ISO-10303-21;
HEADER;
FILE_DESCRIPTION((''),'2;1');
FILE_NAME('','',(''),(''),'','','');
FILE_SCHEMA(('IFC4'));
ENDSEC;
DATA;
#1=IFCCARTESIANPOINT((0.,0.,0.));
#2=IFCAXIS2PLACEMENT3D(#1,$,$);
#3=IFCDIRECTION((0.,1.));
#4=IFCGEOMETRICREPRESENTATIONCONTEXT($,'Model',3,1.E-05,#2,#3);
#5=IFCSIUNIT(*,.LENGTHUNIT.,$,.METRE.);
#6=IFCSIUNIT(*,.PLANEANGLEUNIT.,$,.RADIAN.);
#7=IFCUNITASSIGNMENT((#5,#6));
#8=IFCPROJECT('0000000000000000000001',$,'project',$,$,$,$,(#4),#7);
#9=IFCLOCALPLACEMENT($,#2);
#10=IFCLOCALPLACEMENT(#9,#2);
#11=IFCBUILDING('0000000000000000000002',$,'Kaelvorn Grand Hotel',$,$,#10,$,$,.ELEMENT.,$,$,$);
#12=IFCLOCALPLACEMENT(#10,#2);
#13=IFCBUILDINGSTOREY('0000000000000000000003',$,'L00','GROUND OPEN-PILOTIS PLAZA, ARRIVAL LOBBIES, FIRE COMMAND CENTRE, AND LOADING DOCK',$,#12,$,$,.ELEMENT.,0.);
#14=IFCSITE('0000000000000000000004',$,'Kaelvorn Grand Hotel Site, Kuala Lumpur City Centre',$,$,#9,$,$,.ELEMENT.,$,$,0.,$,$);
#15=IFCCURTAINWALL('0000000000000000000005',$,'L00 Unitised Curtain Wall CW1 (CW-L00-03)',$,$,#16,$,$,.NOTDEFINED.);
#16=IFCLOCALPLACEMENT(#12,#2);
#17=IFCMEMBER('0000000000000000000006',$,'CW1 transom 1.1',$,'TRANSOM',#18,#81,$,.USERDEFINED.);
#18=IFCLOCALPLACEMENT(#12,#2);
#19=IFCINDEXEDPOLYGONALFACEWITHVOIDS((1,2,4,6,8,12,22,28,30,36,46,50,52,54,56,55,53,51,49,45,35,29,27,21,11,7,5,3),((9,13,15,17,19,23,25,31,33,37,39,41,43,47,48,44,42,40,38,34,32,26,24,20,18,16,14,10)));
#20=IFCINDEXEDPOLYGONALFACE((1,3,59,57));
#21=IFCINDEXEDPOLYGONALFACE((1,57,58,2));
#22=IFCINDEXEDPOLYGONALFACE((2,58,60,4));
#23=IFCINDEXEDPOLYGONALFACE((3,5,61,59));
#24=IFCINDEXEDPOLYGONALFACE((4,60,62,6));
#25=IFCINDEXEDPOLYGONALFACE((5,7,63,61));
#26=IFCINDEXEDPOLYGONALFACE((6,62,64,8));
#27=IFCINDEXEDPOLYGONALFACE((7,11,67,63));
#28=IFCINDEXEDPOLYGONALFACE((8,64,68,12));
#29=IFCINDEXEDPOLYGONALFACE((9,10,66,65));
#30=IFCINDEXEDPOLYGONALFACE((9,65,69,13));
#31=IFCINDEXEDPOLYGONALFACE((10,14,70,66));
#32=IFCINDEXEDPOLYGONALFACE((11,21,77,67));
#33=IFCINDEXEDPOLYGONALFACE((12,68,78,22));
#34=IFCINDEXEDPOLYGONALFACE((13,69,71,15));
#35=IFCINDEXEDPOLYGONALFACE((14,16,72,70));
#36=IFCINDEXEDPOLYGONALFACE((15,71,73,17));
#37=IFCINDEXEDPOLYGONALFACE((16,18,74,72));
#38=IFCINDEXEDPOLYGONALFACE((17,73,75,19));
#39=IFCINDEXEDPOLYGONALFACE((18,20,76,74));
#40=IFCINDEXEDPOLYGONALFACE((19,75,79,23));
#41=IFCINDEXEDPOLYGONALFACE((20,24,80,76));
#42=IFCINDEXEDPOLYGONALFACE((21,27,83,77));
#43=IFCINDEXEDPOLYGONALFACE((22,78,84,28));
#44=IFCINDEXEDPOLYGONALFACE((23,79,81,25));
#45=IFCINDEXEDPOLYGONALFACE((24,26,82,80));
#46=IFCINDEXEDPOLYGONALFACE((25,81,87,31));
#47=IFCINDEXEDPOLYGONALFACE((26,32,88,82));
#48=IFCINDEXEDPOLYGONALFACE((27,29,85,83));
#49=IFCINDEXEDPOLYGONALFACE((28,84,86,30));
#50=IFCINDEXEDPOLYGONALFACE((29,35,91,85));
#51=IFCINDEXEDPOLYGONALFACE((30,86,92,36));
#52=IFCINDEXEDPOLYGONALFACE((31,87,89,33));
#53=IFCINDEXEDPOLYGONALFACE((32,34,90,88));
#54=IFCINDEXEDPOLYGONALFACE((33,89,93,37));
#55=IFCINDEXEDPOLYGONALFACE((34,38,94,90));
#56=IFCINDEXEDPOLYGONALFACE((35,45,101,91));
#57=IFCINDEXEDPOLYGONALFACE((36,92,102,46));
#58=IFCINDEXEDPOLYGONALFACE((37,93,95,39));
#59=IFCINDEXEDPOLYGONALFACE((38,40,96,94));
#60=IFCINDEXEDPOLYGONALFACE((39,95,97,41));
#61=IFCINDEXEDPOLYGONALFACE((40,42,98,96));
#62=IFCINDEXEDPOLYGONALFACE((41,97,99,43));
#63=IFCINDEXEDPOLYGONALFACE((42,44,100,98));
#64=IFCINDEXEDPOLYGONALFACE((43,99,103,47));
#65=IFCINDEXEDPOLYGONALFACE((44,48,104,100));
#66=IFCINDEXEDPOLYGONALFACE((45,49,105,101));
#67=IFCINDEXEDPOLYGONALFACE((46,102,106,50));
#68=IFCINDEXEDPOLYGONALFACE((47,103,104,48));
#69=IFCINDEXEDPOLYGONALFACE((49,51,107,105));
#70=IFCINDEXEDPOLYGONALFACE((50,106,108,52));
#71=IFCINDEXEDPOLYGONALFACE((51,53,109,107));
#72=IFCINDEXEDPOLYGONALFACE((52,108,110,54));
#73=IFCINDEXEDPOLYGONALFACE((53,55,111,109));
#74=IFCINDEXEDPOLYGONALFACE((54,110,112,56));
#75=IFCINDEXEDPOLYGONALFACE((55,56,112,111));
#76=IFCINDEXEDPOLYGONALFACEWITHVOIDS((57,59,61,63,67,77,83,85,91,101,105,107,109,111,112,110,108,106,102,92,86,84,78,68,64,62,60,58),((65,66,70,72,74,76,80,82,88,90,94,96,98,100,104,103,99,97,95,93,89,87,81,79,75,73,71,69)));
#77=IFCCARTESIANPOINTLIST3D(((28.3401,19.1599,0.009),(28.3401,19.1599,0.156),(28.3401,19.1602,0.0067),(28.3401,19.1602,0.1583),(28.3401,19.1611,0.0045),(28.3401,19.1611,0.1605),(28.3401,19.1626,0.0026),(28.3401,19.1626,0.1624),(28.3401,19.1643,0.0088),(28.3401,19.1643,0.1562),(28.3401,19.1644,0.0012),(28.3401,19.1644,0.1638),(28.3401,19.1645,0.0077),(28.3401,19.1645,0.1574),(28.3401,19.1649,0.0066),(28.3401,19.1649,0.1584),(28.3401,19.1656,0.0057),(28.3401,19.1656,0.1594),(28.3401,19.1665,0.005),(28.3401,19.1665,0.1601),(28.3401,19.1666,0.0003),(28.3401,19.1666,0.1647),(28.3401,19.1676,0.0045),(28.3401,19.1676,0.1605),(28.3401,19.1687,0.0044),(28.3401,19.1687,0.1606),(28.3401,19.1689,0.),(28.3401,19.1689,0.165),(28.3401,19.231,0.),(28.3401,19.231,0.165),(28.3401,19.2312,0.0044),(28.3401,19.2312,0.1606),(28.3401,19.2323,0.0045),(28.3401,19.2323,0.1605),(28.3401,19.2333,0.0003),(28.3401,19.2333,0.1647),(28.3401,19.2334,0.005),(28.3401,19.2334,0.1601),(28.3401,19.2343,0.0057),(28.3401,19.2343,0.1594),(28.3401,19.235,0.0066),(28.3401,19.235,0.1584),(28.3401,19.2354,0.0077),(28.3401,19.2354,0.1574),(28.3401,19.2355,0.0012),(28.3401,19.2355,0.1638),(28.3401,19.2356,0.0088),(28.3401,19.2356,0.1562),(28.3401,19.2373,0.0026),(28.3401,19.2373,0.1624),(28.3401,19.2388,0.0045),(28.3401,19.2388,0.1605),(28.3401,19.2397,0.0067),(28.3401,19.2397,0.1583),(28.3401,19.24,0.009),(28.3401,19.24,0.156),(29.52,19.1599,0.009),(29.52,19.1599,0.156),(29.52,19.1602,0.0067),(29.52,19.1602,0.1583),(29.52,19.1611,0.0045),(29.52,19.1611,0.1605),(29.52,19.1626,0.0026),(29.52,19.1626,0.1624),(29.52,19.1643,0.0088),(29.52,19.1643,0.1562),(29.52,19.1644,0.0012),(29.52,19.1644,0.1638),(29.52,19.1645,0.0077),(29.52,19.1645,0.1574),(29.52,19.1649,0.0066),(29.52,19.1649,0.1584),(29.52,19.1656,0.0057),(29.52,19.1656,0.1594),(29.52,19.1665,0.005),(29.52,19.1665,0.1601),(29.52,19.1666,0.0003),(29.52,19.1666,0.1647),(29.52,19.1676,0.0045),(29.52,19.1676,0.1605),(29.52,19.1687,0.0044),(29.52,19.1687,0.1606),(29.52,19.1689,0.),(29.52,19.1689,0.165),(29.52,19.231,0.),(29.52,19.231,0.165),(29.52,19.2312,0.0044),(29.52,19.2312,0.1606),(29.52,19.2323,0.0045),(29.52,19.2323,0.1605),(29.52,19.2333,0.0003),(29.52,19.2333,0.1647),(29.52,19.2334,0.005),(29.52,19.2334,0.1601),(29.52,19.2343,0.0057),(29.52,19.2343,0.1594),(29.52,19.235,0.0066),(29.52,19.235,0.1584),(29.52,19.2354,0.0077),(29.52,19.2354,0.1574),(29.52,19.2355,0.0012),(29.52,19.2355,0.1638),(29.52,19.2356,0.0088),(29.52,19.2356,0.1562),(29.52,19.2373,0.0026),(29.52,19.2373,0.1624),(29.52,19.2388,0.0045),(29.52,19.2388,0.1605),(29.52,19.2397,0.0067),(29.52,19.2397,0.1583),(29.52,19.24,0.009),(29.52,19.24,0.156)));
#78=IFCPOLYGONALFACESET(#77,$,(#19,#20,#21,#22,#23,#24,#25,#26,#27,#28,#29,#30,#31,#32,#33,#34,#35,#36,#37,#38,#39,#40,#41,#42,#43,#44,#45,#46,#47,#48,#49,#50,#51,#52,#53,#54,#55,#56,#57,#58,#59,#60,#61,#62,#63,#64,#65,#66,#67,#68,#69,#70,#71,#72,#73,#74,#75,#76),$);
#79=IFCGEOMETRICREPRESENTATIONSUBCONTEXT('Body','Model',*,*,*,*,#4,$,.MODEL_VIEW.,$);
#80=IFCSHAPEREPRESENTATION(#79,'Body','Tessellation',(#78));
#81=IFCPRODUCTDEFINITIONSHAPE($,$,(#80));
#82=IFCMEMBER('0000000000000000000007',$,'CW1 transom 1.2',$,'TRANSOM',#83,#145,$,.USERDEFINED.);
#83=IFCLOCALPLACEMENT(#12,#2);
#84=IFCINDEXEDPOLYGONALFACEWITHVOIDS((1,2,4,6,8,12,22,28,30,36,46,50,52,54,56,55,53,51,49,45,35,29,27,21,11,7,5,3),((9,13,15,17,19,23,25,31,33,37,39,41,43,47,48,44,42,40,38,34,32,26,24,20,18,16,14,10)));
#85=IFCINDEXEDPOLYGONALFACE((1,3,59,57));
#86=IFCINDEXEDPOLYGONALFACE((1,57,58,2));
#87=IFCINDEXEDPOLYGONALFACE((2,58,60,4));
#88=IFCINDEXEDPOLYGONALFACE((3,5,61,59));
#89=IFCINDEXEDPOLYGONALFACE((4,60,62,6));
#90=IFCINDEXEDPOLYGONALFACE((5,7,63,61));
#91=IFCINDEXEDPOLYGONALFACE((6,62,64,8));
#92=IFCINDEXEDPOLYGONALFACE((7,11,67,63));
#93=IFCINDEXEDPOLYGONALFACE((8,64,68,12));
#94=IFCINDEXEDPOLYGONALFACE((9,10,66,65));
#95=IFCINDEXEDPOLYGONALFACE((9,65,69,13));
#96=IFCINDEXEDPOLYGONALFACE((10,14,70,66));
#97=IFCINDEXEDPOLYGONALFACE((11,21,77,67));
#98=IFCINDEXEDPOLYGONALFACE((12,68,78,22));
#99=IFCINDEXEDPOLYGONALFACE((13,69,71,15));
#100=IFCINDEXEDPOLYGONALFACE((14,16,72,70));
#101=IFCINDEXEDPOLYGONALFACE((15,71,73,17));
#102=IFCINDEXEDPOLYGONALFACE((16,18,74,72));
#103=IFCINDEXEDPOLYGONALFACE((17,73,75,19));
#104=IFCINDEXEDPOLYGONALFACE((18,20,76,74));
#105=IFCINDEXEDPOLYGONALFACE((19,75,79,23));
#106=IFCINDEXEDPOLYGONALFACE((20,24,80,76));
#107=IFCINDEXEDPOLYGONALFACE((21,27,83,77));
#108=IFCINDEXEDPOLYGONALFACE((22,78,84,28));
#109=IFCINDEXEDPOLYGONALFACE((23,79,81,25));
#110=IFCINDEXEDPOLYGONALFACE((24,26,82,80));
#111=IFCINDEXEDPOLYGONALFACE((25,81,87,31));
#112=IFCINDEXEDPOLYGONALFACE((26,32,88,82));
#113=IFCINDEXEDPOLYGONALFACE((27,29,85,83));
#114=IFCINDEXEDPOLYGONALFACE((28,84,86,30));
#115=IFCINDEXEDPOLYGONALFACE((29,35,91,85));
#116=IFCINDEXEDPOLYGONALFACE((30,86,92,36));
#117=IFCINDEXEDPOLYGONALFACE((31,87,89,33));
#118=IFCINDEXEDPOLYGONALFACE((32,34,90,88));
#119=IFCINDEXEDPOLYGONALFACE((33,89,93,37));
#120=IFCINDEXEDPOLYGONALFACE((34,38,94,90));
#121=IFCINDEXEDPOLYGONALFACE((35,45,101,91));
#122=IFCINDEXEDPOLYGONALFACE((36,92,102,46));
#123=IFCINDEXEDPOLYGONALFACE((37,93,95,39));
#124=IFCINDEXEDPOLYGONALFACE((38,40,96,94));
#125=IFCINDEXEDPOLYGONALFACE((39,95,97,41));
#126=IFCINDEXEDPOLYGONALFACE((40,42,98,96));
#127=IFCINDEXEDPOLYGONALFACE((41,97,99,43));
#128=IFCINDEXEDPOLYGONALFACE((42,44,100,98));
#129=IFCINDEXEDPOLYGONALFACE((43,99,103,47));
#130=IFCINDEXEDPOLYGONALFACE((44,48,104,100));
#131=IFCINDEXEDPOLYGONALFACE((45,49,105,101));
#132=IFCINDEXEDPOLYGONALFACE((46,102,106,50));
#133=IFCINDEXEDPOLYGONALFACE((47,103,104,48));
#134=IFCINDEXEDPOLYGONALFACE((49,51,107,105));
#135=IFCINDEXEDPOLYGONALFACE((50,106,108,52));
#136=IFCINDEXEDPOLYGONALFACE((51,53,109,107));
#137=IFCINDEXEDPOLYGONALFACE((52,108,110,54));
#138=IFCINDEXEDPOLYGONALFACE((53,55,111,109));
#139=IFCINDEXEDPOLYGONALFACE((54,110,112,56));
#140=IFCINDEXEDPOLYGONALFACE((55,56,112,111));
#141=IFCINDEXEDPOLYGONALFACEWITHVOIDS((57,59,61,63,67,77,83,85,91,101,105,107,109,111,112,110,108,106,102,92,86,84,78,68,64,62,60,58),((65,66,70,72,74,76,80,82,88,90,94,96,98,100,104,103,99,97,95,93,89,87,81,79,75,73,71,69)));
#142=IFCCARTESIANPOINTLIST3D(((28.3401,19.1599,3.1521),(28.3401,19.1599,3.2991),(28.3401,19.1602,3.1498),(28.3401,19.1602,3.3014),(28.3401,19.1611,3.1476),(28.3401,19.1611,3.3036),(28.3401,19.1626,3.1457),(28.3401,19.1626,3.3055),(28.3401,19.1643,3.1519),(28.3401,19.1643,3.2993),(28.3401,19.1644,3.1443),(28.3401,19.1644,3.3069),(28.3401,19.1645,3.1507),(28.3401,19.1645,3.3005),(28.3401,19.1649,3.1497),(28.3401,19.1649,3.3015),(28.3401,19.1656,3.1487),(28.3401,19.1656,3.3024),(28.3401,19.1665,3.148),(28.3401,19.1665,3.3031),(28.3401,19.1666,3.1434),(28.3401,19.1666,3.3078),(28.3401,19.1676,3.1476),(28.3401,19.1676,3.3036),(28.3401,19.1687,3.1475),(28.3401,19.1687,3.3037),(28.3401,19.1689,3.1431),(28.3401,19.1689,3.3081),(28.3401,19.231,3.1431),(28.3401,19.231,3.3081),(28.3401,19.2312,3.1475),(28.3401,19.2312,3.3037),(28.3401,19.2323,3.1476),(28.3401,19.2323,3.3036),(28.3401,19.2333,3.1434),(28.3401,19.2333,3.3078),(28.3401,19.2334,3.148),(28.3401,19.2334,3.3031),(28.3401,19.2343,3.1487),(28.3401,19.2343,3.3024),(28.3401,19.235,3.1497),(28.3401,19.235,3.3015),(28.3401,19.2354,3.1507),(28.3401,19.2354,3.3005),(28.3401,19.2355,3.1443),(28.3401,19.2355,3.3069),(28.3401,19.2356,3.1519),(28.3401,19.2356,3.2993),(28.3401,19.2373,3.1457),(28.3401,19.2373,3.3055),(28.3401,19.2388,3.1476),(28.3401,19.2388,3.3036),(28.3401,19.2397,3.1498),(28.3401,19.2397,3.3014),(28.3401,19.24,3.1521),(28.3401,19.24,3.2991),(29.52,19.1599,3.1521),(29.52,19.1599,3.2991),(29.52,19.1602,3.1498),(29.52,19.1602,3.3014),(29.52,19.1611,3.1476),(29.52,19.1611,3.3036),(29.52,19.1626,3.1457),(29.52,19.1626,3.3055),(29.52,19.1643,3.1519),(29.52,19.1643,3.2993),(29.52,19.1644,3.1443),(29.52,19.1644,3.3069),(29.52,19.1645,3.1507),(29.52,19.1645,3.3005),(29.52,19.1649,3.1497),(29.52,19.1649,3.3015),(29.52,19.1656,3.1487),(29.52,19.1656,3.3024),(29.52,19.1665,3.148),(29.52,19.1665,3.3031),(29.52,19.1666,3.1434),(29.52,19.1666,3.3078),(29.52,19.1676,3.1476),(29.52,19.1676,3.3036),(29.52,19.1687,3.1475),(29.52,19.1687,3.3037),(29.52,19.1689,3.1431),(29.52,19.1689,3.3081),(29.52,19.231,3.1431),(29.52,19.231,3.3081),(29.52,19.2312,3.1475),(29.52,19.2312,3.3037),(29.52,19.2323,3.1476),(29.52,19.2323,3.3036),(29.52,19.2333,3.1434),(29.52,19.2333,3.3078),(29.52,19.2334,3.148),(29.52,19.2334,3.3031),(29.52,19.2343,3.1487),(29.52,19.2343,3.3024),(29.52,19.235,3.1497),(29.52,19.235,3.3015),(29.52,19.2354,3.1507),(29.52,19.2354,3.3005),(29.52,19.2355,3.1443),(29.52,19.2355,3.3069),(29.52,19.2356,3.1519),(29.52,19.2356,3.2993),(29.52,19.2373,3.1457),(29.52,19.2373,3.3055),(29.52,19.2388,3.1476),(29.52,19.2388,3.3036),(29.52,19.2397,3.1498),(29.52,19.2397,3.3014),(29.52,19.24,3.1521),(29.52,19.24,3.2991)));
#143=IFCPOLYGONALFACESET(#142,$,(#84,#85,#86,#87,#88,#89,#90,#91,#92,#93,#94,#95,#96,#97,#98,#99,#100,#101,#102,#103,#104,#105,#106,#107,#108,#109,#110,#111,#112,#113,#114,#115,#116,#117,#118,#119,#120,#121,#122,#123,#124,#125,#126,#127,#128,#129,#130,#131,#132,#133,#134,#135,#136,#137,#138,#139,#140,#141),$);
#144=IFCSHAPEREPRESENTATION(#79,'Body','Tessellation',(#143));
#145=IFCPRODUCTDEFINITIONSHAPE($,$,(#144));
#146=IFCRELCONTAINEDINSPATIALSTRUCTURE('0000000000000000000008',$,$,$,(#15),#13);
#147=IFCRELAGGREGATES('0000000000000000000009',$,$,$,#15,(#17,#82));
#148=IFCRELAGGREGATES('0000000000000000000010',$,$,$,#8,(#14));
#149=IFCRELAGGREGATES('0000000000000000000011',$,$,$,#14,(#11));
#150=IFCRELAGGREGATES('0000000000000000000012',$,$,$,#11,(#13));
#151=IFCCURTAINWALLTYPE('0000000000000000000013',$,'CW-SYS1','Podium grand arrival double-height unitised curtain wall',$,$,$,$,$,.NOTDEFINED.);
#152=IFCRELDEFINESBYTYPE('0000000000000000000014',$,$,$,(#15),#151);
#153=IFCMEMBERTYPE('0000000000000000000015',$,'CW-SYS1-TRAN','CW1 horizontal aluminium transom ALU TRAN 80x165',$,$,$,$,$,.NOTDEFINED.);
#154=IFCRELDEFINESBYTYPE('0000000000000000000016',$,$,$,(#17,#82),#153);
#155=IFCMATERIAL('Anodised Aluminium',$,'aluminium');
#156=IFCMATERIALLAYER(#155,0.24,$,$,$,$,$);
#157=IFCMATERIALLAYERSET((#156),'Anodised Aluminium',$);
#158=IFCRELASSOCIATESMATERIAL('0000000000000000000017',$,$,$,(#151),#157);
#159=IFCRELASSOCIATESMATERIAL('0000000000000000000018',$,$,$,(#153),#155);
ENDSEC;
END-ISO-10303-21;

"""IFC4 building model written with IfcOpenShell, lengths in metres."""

from ifc_helpers import new_model, si_unit, direction, frame, origin, origin_2d, place, context, subcontext, project, spatial, hollow_rectangle, extrude, material, layer, layer_set, material_profile, profile_set, type_object, element, aggregate, save


model = new_model("IFC4")

# Units and contexts
model_context = context("Model", 3, precision=1e-05, world=origin(), true_north=direction((0.0, 1.0)))
body_context = subcontext(model_context, "Body", "Model", "MODEL_VIEW")
ifc_project = project(units=[si_unit("LENGTHUNIT", "METRE"), si_unit("PLANEANGLEUNIT", "RADIAN")], contexts=[model_context])

# Site, building, storey
site_placement = place(None, origin())
site = spatial("IfcSite", under=ifc_project, at=site_placement, Name="Kaelvorn Grand Hotel Site, Kuala Lumpur City Centre", CompositionType="ELEMENT", RefElevation=0.0)
building_placement = place(site_placement, origin())
building = spatial("IfcBuilding", under=site, at=building_placement, Name="Kaelvorn Grand Hotel", CompositionType="ELEMENT")
storey_placement = place(building_placement, origin())
storey = spatial("IfcBuildingStorey", under=building, at=storey_placement, Name="L00", Description="GROUND OPEN-PILOTIS PLAZA, ARRIVAL LOBBIES, FIRE COMMAND CENTRE, AND LOADING DOCK", CompositionType="ELEMENT", Elevation=0.0)

# Curtain wall, members
ifc_material_1 = material(Name="Anodised Aluminium", Category="aluminium")
ifc_layer_1 = layer(ifc_material_1, 0.24)
ifc_layer_set_1 = layer_set([ifc_layer_1], Name="Anodised Aluminium")
curtain_wall_type = type_object("IfcCurtainWallType", Name="CW-SYS1", Description="Podium grand arrival double-height unitised curtain wall", PredefinedType="NOTDEFINED", material=ifc_layer_set_1)
curtain_wall_placement = place(storey_placement, origin())
curtain_wall = element("IfcCurtainWall", 1, at=curtain_wall_placement, inside=storey, type_object=curtain_wall_type, Name="L00 Unitised Curtain Wall CW1 (CW-L00-03)", PredefinedType="NOTDEFINED")
ifc_material_profile_1 = material_profile(ifc_material_1, hollow_rectangle(XDim=0.0801, YDim=0.165, WallThickness=0.0044, InnerFilletRadius=0.0044, OuterFilletRadius=0.009, at=origin_2d()), Name="ALU TRAN 80x165")
ifc_profile_set_1 = profile_set([ifc_material_profile_1], Name="Anodised Aluminium")
member_type_1 = type_object("IfcMemberType", Name="CW-SYS1-TRAN", Description="CW1 horizontal aluminium transom ALU TRAN 80x165", PredefinedType="NOTDEFINED", material=ifc_profile_set_1)
member_1_placement = place(storey_placement, frame((29.52, 19.2, 0.0825), z_axis=(-1.0, 0.0, 0.0), x_axis=(0.0, -1.0, 0.0)))
member_1 = element("IfcMember", 2, at=member_1_placement, type_object=member_type_1, Name="CW1 transom 1.1", ObjectType="TRANSOM", PredefinedType="USERDEFINED", context=body_context, shape_type="SweptSolid", body=[
    extrude(hollow_rectangle(XDim=0.0801, YDim=0.165, WallThickness=0.0044, InnerFilletRadius=0.0044, OuterFilletRadius=0.009, at=origin_2d()), origin(), (0.0, 0.0, 1.0), 1.1799),
])
member_2_placement = place(storey_placement, frame((29.52, 19.2, 3.2256), z_axis=(-1.0, 0.0, 0.0), x_axis=(0.0, -1.0, 0.0)))
member_2 = element("IfcMember", 3, at=member_2_placement, type_object=member_type_1, Name="CW1 transom 1.2", ObjectType="TRANSOM", PredefinedType="USERDEFINED", context=body_context, shape_type="SweptSolid", body=[
    extrude(hollow_rectangle(XDim=0.0801, YDim=0.165, WallThickness=0.0044, InnerFilletRadius=0.0044, OuterFilletRadius=0.009, at=origin_2d()), origin(), (0.0, 0.0, 1.0), 1.1799),
])
aggregate(curtain_wall, [member_1, member_2])

save(model, "model.ifc")
